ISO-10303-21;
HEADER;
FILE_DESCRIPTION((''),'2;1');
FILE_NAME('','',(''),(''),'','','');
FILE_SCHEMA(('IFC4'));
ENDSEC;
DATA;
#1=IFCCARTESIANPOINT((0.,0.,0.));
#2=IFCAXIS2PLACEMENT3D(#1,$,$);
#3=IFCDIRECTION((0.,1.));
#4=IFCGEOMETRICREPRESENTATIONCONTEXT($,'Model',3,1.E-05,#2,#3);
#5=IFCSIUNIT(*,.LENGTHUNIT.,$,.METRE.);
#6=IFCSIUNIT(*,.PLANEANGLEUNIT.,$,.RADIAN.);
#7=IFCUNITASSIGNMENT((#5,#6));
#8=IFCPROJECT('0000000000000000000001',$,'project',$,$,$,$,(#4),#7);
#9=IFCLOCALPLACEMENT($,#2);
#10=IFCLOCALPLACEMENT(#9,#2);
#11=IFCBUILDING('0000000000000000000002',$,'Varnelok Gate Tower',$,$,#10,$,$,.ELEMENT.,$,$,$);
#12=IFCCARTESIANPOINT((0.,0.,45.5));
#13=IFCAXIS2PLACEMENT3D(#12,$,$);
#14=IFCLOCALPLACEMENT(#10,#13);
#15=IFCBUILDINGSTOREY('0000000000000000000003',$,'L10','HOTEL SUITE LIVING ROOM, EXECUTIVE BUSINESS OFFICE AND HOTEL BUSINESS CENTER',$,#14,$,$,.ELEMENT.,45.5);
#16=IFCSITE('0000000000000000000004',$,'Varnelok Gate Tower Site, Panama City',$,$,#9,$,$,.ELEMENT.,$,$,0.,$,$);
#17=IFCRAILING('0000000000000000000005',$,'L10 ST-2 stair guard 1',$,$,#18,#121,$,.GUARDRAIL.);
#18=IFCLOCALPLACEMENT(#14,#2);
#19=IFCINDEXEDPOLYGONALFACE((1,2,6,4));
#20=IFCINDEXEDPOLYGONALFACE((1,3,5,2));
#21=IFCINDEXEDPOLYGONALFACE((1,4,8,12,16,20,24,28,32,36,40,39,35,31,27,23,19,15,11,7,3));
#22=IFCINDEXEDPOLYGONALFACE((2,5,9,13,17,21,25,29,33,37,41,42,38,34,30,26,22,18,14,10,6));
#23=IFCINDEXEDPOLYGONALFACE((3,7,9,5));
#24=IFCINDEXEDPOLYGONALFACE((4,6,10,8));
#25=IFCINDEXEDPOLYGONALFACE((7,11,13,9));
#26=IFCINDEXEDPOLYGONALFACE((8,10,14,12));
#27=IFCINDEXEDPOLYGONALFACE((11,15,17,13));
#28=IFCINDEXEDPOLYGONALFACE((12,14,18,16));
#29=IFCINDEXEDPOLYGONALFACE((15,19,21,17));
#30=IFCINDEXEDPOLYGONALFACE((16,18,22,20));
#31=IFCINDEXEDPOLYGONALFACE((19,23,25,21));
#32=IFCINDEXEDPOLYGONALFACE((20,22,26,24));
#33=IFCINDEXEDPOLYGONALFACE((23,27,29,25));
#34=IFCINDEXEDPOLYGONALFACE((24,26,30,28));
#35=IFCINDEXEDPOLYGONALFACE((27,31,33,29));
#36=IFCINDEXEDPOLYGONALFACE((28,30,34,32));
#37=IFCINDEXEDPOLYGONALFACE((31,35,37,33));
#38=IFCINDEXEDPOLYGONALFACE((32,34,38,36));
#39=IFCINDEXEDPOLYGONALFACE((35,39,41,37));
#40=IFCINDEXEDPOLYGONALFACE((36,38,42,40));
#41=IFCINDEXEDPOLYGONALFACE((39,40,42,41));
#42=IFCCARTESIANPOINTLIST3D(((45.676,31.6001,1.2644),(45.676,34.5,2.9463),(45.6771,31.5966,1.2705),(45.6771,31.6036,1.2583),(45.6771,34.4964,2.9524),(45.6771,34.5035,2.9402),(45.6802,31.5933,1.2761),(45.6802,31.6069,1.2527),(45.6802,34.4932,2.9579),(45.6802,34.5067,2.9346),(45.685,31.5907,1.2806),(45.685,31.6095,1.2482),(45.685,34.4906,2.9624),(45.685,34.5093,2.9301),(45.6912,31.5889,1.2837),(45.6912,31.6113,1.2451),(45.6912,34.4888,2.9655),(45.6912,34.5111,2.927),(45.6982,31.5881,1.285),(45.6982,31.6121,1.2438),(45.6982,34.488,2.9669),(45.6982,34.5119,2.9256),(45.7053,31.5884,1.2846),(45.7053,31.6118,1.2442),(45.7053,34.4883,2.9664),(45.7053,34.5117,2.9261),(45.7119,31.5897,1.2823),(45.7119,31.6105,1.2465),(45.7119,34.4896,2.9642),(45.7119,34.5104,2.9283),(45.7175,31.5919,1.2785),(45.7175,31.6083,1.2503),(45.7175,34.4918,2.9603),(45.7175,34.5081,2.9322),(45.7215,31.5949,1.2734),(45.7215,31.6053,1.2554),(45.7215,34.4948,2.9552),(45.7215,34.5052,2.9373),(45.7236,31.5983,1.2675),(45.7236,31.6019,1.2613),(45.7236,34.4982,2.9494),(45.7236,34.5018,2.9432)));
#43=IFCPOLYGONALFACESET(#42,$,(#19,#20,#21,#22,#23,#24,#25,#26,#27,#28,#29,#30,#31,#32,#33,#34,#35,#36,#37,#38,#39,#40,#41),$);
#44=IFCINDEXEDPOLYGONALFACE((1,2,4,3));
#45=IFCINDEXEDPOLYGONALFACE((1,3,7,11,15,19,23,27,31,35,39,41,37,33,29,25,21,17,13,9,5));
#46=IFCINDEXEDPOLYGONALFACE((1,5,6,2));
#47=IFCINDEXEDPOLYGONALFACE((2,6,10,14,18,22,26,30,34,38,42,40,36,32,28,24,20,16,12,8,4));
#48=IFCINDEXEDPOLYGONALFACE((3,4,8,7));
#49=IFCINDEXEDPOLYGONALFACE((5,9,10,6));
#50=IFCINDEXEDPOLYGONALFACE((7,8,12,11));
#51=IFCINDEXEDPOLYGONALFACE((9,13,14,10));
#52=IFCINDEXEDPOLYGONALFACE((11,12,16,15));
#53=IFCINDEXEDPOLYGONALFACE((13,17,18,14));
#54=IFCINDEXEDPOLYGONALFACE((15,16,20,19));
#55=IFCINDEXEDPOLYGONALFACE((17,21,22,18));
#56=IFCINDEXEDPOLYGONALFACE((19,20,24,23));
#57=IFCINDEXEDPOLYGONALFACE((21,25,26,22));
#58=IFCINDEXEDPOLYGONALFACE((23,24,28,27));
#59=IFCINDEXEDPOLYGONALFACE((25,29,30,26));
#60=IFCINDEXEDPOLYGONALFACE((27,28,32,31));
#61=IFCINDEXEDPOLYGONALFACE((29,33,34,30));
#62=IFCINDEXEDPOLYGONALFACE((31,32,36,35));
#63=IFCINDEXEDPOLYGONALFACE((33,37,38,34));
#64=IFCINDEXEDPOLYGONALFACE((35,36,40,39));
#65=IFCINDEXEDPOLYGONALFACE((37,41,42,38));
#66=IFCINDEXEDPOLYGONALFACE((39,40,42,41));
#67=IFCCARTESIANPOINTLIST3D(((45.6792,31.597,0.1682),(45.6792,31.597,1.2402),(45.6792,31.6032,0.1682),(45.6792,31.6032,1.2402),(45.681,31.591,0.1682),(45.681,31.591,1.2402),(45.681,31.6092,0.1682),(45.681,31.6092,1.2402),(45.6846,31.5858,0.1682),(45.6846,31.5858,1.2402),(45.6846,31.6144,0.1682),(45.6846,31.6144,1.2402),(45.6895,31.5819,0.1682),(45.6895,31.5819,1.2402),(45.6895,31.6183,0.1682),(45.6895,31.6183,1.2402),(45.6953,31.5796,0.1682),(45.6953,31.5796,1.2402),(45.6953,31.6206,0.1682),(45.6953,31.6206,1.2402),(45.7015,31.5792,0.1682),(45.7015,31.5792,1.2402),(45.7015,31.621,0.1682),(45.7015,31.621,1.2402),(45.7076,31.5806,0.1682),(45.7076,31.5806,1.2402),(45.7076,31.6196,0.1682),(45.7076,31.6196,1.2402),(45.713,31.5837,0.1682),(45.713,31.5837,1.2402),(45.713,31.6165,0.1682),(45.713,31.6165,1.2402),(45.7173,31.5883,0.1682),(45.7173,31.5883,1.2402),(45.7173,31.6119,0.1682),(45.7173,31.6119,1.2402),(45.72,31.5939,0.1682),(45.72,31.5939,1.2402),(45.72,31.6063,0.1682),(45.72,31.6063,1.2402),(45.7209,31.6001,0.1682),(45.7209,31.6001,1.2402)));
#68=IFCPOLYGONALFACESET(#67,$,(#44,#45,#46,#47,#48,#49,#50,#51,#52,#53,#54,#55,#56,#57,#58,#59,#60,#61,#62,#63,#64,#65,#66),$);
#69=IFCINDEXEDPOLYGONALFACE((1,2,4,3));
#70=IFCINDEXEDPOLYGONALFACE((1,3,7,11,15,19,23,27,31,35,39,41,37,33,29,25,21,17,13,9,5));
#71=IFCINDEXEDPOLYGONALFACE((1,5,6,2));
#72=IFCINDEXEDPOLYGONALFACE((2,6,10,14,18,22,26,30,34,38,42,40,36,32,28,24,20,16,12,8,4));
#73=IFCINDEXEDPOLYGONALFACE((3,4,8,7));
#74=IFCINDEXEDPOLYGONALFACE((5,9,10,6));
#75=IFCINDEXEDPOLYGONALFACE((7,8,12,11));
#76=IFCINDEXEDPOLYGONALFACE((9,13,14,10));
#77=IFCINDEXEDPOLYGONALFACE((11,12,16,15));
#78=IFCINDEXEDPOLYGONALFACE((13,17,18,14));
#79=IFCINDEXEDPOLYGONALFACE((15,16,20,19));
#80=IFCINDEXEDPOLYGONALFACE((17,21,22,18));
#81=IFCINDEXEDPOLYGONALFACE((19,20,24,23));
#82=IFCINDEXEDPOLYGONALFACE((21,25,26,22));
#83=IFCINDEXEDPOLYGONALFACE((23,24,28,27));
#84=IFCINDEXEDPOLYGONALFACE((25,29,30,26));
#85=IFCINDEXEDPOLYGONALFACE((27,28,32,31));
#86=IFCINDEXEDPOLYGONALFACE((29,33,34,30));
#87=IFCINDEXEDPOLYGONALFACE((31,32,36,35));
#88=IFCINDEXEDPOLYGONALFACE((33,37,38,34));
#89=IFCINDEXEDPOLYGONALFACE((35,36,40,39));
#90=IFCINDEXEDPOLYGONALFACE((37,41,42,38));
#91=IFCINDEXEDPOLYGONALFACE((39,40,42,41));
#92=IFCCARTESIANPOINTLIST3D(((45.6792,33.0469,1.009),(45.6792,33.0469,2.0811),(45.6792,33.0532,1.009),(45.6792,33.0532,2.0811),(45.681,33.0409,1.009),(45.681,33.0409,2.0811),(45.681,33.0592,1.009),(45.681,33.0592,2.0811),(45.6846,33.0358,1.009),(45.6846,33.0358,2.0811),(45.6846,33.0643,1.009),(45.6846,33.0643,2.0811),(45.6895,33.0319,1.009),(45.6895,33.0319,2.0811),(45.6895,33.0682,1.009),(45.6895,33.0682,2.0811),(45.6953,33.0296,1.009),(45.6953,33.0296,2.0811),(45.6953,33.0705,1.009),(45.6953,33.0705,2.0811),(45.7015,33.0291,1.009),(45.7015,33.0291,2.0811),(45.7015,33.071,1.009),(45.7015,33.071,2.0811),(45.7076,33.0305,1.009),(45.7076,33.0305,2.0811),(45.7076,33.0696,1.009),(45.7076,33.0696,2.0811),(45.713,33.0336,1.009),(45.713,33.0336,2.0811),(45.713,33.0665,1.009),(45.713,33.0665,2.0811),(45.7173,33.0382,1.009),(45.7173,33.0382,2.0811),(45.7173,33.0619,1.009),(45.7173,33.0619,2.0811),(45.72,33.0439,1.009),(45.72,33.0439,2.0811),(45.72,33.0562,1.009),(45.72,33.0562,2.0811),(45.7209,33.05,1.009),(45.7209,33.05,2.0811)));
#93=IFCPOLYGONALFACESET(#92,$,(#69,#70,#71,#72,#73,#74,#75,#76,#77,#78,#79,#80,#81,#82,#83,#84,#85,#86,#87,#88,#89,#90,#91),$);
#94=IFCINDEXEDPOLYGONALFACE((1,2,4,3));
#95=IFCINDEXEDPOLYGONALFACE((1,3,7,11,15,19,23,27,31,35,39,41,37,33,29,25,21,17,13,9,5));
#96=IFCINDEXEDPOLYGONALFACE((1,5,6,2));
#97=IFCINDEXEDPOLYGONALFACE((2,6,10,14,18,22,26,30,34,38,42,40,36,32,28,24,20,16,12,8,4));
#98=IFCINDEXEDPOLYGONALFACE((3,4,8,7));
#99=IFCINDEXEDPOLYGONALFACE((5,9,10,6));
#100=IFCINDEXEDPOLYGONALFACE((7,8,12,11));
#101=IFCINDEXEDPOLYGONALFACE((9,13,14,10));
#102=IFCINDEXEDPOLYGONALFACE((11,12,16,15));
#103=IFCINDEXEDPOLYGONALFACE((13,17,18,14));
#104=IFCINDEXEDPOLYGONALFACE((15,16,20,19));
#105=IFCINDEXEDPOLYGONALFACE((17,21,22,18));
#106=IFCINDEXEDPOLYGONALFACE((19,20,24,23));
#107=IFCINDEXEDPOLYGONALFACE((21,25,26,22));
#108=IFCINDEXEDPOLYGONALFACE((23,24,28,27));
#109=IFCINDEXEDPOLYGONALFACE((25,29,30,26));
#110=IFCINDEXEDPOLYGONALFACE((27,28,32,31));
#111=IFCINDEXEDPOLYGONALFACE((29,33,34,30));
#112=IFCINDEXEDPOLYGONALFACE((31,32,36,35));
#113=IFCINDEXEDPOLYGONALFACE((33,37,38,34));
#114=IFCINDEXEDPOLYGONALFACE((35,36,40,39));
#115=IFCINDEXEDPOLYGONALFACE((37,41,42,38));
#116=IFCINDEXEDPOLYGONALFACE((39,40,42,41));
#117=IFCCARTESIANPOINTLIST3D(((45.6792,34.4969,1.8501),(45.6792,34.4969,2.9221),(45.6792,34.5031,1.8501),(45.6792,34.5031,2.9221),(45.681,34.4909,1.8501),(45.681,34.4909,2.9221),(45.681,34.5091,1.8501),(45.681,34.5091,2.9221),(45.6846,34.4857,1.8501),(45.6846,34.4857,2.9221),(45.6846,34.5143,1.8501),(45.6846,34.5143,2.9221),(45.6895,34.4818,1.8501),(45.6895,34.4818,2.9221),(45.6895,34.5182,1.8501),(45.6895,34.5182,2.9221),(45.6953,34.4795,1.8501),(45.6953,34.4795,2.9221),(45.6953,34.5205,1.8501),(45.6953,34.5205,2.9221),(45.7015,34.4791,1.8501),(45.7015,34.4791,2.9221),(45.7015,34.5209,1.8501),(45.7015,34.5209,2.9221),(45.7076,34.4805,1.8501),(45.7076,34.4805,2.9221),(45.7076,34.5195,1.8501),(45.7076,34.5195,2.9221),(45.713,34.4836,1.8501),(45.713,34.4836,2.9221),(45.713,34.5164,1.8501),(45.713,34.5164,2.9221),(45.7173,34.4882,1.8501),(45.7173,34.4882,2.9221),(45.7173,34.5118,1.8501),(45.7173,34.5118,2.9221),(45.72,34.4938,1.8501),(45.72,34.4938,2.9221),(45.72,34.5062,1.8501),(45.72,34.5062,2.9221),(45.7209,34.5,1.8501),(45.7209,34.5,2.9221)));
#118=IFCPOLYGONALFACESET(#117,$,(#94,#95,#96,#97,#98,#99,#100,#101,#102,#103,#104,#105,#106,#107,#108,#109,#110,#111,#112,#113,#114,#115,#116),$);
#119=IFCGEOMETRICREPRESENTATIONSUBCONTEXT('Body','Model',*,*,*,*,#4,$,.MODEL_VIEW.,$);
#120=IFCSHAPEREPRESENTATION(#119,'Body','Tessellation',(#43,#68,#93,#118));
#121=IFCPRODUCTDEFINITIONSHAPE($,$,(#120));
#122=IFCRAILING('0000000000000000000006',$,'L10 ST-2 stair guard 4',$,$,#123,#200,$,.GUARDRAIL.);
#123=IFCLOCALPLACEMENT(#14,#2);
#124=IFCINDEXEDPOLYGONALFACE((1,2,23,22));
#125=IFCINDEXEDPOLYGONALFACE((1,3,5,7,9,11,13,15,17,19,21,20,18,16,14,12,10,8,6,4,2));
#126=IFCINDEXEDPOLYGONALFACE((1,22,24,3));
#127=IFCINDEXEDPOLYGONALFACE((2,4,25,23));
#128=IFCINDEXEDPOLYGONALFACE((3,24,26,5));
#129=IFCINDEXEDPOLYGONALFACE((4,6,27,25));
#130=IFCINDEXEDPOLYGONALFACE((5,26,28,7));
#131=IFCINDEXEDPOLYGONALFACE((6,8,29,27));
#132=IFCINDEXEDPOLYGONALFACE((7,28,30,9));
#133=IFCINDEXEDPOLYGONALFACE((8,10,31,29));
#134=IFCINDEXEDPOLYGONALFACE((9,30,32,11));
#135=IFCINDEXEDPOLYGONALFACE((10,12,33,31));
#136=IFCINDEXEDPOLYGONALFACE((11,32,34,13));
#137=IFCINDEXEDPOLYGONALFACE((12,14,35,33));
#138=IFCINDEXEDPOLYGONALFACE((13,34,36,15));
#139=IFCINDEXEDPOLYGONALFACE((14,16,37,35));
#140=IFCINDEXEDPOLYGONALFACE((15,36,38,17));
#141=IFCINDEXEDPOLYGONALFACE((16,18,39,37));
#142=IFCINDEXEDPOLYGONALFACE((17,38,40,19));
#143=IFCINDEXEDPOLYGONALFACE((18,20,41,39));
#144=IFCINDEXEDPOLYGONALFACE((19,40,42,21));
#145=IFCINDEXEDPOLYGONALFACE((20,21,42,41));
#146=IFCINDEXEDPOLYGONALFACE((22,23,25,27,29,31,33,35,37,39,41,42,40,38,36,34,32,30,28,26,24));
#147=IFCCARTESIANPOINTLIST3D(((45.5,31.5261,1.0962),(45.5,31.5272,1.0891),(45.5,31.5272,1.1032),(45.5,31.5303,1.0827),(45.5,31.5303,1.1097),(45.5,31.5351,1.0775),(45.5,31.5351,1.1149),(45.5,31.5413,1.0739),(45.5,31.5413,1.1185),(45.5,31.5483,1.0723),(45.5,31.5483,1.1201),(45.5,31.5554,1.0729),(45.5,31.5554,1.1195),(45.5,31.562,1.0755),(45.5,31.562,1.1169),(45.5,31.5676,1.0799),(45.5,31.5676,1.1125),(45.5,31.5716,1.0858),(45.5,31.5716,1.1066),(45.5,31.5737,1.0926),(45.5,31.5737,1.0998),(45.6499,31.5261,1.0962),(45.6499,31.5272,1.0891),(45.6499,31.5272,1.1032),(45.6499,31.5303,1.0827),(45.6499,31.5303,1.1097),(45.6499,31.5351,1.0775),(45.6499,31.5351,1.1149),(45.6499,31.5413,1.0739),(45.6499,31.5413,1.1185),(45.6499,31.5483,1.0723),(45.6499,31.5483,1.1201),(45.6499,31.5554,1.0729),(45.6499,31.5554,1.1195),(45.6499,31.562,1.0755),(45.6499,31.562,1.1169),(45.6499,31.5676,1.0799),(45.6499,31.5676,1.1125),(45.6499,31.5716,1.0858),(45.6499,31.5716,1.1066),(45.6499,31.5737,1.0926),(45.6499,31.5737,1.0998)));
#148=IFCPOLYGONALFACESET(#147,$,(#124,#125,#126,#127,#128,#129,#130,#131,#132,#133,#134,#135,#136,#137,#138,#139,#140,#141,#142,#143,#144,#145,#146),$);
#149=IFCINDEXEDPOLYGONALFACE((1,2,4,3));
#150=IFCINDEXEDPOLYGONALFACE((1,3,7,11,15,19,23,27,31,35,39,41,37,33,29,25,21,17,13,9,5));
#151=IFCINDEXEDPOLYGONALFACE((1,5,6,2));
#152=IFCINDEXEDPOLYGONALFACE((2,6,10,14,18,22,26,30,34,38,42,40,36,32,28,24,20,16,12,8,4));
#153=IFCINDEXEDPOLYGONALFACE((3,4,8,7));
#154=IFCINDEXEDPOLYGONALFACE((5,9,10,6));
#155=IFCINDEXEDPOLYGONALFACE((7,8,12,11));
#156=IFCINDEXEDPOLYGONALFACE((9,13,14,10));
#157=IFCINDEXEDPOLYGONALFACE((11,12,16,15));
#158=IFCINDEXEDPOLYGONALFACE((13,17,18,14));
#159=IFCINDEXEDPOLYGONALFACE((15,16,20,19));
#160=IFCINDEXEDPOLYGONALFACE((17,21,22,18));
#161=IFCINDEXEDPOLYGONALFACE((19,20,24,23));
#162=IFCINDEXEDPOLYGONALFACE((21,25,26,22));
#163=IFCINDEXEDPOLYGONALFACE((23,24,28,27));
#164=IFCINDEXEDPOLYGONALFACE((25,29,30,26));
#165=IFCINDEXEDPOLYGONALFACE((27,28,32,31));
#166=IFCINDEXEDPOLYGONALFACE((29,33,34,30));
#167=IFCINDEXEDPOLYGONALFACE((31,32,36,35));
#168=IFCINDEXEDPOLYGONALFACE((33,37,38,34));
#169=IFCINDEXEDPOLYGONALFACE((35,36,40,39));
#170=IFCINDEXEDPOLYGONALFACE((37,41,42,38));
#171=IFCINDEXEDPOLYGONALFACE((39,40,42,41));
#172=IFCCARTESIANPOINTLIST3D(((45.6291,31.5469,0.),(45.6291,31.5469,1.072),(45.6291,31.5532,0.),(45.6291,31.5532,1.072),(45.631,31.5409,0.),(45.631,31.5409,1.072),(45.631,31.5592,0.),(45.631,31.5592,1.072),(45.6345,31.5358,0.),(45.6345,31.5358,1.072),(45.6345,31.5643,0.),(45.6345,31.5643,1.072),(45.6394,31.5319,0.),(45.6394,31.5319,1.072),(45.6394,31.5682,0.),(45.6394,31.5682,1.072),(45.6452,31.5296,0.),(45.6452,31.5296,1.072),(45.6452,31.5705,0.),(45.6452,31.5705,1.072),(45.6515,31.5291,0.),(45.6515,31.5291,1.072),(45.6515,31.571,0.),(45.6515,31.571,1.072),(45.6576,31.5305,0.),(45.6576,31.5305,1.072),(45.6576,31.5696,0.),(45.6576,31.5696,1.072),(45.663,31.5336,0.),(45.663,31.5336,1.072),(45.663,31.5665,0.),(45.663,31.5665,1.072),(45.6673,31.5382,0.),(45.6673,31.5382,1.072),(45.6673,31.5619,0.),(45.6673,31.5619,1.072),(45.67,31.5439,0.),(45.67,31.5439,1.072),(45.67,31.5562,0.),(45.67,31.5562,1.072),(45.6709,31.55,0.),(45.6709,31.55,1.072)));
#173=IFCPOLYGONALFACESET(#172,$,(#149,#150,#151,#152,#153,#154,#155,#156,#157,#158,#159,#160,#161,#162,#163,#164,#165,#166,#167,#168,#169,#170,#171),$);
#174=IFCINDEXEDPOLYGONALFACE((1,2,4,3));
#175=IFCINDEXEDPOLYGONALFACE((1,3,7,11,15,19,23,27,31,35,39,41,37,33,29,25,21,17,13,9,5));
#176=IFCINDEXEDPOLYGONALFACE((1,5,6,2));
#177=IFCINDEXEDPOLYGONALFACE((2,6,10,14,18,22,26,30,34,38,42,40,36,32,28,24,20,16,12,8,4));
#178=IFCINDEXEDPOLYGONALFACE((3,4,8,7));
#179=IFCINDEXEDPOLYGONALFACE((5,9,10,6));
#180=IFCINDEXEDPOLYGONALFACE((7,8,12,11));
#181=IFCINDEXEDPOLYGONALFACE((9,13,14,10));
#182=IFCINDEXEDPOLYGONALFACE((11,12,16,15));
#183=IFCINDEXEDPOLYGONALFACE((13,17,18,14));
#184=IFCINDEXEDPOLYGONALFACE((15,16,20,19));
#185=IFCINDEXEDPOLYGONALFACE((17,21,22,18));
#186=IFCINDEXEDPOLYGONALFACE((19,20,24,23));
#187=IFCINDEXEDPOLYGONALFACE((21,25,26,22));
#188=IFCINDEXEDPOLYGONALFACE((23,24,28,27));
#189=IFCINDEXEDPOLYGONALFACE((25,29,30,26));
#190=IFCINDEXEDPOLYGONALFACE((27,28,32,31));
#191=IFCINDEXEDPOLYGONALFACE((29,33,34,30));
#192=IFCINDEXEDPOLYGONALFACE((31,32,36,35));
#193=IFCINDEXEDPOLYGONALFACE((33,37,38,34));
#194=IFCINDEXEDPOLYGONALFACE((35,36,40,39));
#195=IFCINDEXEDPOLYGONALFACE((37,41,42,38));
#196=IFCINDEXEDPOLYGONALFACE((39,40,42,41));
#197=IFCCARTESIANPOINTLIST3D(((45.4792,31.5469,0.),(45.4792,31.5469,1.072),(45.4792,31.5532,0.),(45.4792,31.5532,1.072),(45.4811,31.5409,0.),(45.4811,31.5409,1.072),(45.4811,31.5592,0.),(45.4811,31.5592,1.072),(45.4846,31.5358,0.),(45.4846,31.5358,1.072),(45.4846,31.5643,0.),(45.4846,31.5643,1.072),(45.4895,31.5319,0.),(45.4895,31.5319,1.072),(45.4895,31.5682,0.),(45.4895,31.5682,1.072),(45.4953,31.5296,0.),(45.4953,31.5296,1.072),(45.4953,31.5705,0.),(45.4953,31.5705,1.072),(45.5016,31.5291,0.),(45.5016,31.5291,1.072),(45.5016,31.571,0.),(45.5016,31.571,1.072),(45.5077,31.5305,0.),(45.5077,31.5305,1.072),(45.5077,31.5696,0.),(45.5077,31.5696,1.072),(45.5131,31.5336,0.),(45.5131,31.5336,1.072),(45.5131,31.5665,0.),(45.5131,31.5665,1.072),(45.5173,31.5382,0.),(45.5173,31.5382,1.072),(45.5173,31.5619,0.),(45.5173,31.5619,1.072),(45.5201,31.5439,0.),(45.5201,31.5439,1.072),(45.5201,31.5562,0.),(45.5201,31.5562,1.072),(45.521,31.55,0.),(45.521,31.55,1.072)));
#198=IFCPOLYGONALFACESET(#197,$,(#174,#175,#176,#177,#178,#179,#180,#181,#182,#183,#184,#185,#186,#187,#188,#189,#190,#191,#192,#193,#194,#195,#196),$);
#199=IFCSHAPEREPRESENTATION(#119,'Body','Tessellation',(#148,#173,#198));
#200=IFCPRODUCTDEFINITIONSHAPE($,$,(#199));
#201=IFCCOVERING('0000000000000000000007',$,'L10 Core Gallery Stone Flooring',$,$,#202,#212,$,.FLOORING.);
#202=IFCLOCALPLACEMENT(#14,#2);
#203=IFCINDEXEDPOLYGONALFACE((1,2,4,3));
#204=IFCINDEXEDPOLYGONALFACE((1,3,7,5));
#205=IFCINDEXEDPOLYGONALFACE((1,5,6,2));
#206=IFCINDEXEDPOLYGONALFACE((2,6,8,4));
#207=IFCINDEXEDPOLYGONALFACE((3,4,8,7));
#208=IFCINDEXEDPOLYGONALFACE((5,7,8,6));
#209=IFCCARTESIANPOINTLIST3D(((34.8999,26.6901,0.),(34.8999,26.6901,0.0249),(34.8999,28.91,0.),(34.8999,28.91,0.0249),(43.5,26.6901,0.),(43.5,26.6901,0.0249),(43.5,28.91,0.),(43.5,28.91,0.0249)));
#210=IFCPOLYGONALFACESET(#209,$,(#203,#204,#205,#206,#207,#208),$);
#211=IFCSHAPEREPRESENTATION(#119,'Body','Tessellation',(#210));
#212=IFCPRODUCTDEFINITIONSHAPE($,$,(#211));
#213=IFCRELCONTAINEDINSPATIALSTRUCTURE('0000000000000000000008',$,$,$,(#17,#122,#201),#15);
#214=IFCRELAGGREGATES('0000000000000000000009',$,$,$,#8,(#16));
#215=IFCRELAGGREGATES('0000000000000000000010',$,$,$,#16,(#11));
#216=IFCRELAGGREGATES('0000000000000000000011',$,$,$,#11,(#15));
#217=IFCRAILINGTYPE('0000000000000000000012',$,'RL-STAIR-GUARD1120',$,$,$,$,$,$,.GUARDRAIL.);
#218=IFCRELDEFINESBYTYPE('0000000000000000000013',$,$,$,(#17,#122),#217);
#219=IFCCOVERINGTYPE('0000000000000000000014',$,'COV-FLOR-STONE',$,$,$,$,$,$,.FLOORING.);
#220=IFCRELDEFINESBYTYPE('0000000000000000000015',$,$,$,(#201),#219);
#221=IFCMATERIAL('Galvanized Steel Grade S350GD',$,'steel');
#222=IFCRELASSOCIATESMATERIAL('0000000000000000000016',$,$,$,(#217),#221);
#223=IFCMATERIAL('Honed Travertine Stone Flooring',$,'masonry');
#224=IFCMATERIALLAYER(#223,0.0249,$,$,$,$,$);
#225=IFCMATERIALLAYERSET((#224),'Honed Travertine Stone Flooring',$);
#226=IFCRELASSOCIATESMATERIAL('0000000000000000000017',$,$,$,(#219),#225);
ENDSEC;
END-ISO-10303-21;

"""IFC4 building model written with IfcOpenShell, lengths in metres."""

from ifc_helpers import new_model, si_unit, direction, frame, origin, origin_2d, place, context, subcontext, project, spatial, rectangle, circle, extrude, source, transform, mapped, material, layer, layer_set, type_object, element, save


model = new_model("IFC4")

# Units and contexts
model_context = context("Model", 3, precision=1e-05, world=origin(), true_north=direction((0.0, 1.0)))
body_context = subcontext(model_context, "Body", "Model", "MODEL_VIEW")
ifc_project = project(units=[si_unit("LENGTHUNIT", "METRE"), si_unit("PLANEANGLEUNIT", "RADIAN")], contexts=[model_context])

# Site, building, storey
site_placement = place(None, origin())
site = spatial("IfcSite", under=ifc_project, at=site_placement, Name="Varnelok Gate Tower Site, Panama City", CompositionType="ELEMENT", RefElevation=0.0)
building_placement = place(site_placement, origin())
building = spatial("IfcBuilding", under=site, at=building_placement, Name="Varnelok Gate Tower", CompositionType="ELEMENT")
storey_placement = place(building_placement, frame((0.0, 0.0, 45.5)))
storey = spatial("IfcBuildingStorey", under=building, at=storey_placement, Name="L10", Description="HOTEL SUITE LIVING ROOM, EXECUTIVE BUSINESS OFFICE AND HOTEL BUSINESS CENTER", CompositionType="ELEMENT", Elevation=45.5)

# Shared definitions
ifc_material_1 = material(Name="Galvanized Steel Grade S350GD", Category="steel")

# Railings
railing_type_1 = type_object("IfcRailingType", Name="RL-STAIR-GUARD1120", PredefinedType="GUARDRAIL", material=ifc_material_1)
railing_1_placement = place(storey_placement, frame((45.7, 31.6001, 0.1682)))
element("IfcRailing", 1, at=railing_1_placement, inside=storey, type_object=railing_type_1, Name="L10 ST-2 stair guard 1", PredefinedType="GUARDRAIL", context=body_context, shape_type="SweptSolid", body=[
    extrude(circle(Radius=0.0239, at=origin_2d()), frame((0.0, 0.0, 1.0962), z_axis=(0.0, 0.865039, 0.501705), x_axis=(-1.0, 0.0, 0.0)), (0.0, 0.0, 1.0), 3.3523),
    extrude(circle(Radius=0.021, at=origin_2d()), origin(), (0.0, 0.0, 1.0), 1.072),
    extrude(circle(Radius=0.021, at=origin_2d()), frame((0.0, 1.45, 0.8408)), (0.0, 0.0, 1.0), 1.072),
    extrude(circle(Radius=0.021, at=origin_2d()), frame((0.0, 2.8999, 1.6819)), (0.0, 0.0, 1.0), 1.072),
])
railing_2_placement = place(storey_placement, frame((45.6499, 31.55, 0.0)))
element("IfcRailing", 2, at=railing_2_placement, inside=storey, type_object=railing_type_1, Name="L10 ST-2 stair guard 4", PredefinedType="GUARDRAIL", context=body_context, shape_type="SweptSolid", body=[
    extrude(circle(Radius=0.0239, at=origin_2d()), frame((0.0, 0.0, 1.0962), z_axis=(-1.0, 0.0, 0.0), x_axis=(0.0, -1.0, 0.0)), (0.0, 0.0, 1.0), 0.1499),
    extrude(circle(Radius=0.021, at=origin_2d()), origin(), (0.0, 0.0, 1.0), 1.072),
    extrude(circle(Radius=0.021, at=origin_2d()), frame((-0.1499, 0.0, 0.0)), (0.0, 0.0, 1.0), 1.072),
])

# Covering
ifc_material_2 = material(Name="Honed Travertine Stone Flooring", Category="masonry")
ifc_layer_1 = layer(ifc_material_2, 0.0249)
ifc_layer_set_1 = layer_set([ifc_layer_1], Name="Honed Travertine Stone Flooring")
covering_type_1 = type_object("IfcCoveringType", Name="COV-FLOR-STONE", PredefinedType="FLOORING", material=ifc_layer_set_1)
shared_shape_1 = source(origin(), body_context, "Body", "SweptSolid", [
    extrude(rectangle(XDim=8.6001, YDim=2.22, at=origin_2d()), origin(), (0.0, 0.0, 1.0), 0.0249),
])
covering_1_placement = place(storey_placement, frame((39.2, 27.8, 0.0), z_axis=(0.0, 0.0, 1.0), x_axis=(1.0, 0.0, 0.0)))
element("IfcCovering", 3, at=covering_1_placement, inside=storey, type_object=covering_type_1, Name="L10 Core Gallery Stone Flooring", PredefinedType="FLOORING", context=body_context, shape_type="MappedRepresentation", body=[
    mapped(shared_shape_1, transform((0.0, 0.0, 0.0), scale=1.0)),
])

save(model, "model.ifc")
